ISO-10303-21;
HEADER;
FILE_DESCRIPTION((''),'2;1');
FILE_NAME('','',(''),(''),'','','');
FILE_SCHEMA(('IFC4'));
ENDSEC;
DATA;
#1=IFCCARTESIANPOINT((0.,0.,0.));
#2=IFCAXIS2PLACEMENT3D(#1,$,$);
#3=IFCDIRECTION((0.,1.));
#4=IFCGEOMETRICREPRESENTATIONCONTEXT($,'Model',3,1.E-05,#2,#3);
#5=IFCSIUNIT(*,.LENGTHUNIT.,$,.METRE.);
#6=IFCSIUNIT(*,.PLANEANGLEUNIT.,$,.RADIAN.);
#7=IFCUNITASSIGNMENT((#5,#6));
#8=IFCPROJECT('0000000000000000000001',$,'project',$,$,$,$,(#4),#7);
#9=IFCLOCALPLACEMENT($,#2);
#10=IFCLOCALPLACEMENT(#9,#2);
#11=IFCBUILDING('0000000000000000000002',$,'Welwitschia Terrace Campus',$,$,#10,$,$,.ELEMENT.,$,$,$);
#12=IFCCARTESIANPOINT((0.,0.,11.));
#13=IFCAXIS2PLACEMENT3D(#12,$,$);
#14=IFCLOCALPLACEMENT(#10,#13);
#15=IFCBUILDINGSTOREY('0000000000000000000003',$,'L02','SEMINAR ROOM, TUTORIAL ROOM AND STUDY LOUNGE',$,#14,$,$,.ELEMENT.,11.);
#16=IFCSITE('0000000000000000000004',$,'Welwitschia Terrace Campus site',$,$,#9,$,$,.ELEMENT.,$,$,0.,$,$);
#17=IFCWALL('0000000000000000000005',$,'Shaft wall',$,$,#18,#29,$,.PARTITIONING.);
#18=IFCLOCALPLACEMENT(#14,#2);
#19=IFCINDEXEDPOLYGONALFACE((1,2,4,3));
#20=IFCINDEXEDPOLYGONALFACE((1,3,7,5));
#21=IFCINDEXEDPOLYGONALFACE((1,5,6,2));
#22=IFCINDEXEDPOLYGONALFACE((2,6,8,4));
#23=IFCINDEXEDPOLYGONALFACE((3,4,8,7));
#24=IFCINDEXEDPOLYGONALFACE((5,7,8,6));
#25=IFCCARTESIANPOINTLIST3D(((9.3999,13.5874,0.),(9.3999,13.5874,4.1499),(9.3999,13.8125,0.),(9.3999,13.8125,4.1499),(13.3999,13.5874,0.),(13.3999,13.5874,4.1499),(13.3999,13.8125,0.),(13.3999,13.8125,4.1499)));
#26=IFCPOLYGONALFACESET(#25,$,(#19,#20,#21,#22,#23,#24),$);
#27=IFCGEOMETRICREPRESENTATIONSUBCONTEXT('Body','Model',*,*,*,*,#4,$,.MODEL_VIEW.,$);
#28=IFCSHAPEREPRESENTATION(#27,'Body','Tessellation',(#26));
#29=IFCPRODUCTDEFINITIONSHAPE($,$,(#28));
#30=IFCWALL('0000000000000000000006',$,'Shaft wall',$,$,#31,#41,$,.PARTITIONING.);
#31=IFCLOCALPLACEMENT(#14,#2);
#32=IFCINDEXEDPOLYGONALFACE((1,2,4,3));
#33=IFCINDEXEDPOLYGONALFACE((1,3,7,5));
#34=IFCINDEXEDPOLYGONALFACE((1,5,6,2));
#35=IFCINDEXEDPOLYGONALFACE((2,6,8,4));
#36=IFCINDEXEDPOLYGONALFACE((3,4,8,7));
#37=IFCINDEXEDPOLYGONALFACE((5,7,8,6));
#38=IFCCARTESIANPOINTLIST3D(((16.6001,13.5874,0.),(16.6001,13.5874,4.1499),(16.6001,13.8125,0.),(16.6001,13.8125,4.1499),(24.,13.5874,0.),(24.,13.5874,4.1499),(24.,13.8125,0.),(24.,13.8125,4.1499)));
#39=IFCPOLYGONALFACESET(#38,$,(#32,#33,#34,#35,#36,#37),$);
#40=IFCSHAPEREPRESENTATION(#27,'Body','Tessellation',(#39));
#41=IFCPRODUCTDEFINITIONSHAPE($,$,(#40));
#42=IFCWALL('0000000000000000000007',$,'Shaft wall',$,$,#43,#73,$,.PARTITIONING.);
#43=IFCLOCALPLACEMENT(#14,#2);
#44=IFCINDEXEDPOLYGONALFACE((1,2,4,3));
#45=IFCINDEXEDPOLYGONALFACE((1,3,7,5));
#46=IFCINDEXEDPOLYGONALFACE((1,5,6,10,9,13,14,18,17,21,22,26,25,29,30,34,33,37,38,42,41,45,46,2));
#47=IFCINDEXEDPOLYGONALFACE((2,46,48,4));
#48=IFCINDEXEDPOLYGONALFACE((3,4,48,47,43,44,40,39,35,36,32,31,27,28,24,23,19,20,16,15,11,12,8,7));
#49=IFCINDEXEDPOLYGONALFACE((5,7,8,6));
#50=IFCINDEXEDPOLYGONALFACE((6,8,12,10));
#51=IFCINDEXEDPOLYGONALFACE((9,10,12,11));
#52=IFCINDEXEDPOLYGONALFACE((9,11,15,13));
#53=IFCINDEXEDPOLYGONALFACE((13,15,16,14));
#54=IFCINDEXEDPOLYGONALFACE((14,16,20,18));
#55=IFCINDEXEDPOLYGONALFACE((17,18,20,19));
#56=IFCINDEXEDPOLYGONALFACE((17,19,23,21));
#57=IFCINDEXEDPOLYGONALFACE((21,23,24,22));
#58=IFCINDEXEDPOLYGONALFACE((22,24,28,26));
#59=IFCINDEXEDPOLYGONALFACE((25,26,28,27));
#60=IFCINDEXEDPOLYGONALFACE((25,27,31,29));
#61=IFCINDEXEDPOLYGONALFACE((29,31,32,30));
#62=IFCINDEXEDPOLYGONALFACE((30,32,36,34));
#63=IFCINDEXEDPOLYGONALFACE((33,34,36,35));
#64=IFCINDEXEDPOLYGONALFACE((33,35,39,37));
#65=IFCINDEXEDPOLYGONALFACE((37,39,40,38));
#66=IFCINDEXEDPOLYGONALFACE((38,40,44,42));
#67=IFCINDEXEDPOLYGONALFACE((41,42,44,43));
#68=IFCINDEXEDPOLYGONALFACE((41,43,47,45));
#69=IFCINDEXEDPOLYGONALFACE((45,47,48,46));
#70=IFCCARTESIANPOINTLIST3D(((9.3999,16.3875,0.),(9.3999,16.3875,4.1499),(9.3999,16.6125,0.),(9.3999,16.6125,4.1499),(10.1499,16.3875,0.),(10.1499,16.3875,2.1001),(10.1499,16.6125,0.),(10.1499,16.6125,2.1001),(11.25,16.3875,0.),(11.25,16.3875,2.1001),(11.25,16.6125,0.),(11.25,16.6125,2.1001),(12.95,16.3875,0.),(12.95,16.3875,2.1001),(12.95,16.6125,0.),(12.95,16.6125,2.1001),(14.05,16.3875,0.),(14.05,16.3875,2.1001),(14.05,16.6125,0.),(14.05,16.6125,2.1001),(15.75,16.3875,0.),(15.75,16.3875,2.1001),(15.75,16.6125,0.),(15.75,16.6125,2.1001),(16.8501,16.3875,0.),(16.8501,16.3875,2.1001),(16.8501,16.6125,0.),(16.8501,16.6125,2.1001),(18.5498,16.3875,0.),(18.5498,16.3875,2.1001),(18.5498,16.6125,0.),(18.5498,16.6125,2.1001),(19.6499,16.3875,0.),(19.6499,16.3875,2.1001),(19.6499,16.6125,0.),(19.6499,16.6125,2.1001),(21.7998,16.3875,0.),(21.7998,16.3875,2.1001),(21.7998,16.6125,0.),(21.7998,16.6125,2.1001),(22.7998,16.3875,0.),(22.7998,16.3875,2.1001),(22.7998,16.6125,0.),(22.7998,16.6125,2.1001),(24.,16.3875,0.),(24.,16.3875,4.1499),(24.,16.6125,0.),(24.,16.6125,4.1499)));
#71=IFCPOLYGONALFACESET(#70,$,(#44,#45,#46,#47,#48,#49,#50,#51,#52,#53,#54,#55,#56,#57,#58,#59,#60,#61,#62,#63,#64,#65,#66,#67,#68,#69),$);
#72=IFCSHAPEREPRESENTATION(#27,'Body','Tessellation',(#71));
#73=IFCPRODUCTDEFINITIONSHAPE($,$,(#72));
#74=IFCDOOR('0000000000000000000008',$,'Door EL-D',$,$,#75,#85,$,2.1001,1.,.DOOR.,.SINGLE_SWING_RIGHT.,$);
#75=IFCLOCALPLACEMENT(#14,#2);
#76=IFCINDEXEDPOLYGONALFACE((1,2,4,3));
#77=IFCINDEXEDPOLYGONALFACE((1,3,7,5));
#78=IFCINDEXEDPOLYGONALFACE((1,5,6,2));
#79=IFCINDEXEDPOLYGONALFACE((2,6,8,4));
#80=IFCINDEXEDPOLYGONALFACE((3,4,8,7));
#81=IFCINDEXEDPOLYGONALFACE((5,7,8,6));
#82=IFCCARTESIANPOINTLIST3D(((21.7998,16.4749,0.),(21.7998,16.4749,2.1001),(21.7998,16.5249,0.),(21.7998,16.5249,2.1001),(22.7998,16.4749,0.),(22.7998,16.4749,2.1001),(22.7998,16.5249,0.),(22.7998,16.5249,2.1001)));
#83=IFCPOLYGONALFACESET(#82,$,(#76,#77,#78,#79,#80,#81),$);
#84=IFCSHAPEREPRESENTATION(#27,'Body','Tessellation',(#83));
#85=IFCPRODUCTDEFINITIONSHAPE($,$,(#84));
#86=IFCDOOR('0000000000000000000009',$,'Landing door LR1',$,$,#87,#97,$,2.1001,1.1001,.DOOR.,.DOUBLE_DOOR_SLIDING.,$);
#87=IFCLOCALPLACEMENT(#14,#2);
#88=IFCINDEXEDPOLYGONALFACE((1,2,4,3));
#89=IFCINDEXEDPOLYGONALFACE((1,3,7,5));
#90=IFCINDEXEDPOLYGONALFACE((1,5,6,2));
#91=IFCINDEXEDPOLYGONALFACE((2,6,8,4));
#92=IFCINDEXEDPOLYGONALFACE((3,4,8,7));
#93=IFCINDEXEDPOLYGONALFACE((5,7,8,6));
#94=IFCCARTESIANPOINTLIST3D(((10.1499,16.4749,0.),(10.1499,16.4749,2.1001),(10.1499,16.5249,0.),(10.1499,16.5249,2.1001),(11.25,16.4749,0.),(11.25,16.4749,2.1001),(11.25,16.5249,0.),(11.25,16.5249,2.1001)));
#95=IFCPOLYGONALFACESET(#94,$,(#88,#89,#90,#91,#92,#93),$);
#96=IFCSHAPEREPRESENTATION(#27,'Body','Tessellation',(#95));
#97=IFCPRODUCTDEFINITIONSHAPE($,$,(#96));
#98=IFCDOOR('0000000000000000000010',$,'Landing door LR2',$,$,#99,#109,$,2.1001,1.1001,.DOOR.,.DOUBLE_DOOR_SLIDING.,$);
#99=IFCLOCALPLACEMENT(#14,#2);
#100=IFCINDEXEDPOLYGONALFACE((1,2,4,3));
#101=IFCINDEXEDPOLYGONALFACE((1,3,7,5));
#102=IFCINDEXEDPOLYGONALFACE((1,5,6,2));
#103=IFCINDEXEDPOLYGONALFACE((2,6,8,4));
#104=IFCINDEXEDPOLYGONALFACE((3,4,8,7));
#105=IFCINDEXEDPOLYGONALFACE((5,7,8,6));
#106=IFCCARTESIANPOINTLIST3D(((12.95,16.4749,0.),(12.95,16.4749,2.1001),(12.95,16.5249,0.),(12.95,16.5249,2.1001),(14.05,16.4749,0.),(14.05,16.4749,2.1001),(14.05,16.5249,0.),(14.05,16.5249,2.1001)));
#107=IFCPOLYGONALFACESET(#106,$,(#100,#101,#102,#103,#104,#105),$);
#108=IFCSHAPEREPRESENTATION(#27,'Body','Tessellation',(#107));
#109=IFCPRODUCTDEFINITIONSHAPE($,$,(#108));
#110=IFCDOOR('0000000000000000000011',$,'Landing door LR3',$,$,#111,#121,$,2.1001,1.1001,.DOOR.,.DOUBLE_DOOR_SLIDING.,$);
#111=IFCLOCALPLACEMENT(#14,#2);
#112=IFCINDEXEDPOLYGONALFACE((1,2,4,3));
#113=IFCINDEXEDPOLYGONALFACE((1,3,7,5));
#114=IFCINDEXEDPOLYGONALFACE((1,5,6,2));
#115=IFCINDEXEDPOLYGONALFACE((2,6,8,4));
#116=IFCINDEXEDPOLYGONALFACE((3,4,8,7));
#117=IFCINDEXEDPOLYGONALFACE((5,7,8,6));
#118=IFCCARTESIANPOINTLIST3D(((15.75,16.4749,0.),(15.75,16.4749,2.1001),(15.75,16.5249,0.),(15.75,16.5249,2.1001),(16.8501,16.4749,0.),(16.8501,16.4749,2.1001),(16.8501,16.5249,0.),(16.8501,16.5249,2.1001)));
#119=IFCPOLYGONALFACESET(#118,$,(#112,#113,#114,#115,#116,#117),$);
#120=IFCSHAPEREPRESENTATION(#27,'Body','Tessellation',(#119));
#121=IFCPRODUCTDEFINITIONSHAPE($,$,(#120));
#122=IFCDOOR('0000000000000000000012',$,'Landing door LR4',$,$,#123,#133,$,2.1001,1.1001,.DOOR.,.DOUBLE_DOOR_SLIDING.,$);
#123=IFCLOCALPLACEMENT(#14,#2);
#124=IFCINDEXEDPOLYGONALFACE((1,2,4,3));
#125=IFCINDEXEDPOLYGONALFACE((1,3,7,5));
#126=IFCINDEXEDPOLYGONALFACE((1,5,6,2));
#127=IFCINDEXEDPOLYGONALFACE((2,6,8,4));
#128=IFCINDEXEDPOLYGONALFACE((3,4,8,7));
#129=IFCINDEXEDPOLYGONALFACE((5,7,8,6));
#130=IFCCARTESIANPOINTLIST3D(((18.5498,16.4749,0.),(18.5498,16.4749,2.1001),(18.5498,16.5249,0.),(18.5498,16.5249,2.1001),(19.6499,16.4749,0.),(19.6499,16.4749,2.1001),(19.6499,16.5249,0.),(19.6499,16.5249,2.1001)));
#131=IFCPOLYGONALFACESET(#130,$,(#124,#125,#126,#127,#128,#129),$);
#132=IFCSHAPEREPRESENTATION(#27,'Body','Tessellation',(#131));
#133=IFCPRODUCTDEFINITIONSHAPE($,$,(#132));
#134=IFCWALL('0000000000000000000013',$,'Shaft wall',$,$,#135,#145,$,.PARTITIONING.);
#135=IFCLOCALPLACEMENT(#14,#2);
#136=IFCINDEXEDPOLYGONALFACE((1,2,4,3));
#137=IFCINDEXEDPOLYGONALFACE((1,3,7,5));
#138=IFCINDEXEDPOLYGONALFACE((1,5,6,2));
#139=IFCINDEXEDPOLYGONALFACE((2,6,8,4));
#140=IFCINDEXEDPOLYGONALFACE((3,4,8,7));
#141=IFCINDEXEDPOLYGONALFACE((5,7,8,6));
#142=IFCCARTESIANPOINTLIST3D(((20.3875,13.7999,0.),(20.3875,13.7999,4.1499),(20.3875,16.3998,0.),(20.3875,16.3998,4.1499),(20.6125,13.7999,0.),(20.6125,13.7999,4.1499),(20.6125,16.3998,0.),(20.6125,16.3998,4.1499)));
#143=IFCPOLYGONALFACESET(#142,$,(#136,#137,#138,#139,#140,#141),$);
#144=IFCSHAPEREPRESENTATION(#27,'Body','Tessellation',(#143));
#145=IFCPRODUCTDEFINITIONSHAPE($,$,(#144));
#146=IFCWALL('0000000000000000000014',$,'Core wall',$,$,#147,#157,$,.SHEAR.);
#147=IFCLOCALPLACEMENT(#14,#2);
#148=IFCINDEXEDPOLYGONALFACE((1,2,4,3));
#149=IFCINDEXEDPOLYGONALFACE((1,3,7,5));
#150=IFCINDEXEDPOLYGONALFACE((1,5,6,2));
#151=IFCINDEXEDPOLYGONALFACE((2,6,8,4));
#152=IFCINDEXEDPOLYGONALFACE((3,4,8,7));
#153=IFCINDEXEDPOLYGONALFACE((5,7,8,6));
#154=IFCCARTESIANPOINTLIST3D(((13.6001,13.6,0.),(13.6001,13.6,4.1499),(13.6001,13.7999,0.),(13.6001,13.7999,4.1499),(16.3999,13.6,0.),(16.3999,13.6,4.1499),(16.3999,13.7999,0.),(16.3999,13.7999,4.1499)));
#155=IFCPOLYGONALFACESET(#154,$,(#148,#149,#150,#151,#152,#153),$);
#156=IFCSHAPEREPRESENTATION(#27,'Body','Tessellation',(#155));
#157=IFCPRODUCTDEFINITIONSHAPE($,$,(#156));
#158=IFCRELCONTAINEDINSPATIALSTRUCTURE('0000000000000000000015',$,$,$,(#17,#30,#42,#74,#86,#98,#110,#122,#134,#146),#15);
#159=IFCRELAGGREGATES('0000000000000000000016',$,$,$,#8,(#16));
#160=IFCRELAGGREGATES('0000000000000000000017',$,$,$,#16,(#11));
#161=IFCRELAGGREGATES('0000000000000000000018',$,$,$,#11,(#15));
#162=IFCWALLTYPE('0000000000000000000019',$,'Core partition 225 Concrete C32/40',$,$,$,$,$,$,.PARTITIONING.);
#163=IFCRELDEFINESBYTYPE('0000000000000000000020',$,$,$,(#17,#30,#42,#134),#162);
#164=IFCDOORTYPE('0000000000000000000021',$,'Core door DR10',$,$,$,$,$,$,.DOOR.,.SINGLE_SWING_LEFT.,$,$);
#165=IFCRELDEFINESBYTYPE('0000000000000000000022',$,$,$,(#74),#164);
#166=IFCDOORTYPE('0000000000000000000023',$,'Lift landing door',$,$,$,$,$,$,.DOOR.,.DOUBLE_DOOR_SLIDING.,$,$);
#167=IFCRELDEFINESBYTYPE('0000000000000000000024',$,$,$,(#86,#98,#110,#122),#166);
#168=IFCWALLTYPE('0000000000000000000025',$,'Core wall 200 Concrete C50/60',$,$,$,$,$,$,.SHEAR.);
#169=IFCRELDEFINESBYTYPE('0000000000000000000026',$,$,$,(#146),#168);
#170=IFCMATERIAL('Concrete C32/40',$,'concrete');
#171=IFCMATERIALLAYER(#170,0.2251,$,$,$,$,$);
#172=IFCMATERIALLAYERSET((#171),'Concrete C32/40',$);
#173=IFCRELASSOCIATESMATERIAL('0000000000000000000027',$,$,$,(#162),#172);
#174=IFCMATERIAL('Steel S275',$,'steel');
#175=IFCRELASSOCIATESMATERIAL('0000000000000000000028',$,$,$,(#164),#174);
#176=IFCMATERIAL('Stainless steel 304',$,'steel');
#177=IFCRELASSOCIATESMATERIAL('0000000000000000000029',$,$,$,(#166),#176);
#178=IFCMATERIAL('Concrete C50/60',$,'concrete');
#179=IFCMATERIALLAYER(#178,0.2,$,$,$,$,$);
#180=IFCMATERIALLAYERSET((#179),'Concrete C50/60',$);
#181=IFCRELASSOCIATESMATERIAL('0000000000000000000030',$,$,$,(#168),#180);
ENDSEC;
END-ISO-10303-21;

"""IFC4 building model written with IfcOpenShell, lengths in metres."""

from ifc_helpers import new_model, si_unit, direction, frame, frame_2d, origin, place, context, subcontext, project, spatial, rectangle, extrude, material, layer, layer_set, type_object, element, fill, save


model = new_model("IFC4")

# Units and contexts
model_context = context("Model", 3, precision=1e-05, world=origin(), true_north=direction((0.0, 1.0)))
body_context = subcontext(model_context, "Body", "Model", "MODEL_VIEW")
ifc_project = project(units=[si_unit("LENGTHUNIT", "METRE"), si_unit("PLANEANGLEUNIT", "RADIAN")], contexts=[model_context])

# Site, building, storey
site_placement = place(None, origin())
site = spatial("IfcSite", under=ifc_project, at=site_placement, Name="Welwitschia Terrace Campus site", CompositionType="ELEMENT", RefElevation=0.0)
building_placement = place(site_placement, origin())
building = spatial("IfcBuilding", under=site, at=building_placement, Name="Welwitschia Terrace Campus", CompositionType="ELEMENT")
storey_placement = place(building_placement, frame((0.0, 0.0, 11.0)))
storey = spatial("IfcBuildingStorey", under=building, at=storey_placement, Name="L02", Description="SEMINAR ROOM, TUTORIAL ROOM AND STUDY LOUNGE", CompositionType="ELEMENT", Elevation=11.0)

# Walls
ifc_material_1 = material(Name="Concrete C32/40", Category="concrete")
ifc_layer_1 = layer(ifc_material_1, 0.2251)
ifc_layer_set_1 = layer_set([ifc_layer_1], Name="Concrete C32/40")
wall_type_1 = type_object("IfcWallType", Name="Core partition 225 Concrete C32/40", PredefinedType="PARTITIONING", material=ifc_layer_set_1)
wall_1_placement = place(storey_placement, frame((9.3999, 13.7, 0.0), z_axis=(0.0, 0.0, 1.0), x_axis=(1.0, 0.0, 0.0)))
element("IfcWall", 1, at=wall_1_placement, inside=storey, type_object=wall_type_1, Name="Shaft wall", PredefinedType="PARTITIONING", context=body_context, shape_type="SweptSolid", body=[
    extrude(rectangle(XDim=4.0, YDim=0.2251, at=frame_2d((2.0, 0.0))), origin(), (0.0, 0.0, 1.0), 4.1499),
])
wall_2_placement = place(storey_placement, frame((16.6001, 13.7, 0.0), z_axis=(0.0, 0.0, 1.0), x_axis=(1.0, 0.0, 0.0)))
element("IfcWall", 2, at=wall_2_placement, inside=storey, type_object=wall_type_1, Name="Shaft wall", PredefinedType="PARTITIONING", context=body_context, shape_type="SweptSolid", body=[
    extrude(rectangle(XDim=7.3999, YDim=0.2251, at=frame_2d((3.7, 0.0))), origin(), (0.0, 0.0, 1.0), 4.1499),
])

# Wall, openings, doors
wall_3_placement = place(storey_placement, frame((9.3999, 16.5, 0.0), z_axis=(0.0, 0.0, 1.0), x_axis=(1.0, 0.0, 0.0)))
wall_3 = element("IfcWall", 3, at=wall_3_placement, inside=storey, type_object=wall_type_1, Name="Shaft wall", PredefinedType="PARTITIONING", context=body_context, shape_type="SweptSolid", body=[
    extrude(rectangle(XDim=14.6001, YDim=0.2251, at=frame_2d((7.3, 0.0))), origin(), (0.0, 0.0, 1.0), 4.1499),
])
opening_1_placement = place(wall_3_placement, frame((0.75, 0.0, 0.0)))
opening_1 = element("IfcOpeningElement", 4, at=opening_1_placement, cuts=wall_3, PredefinedType="OPENING", context=body_context, shape_type="SweptSolid", body=[
    extrude(rectangle(XDim=1.1001, YDim=2.1001, at=frame_2d((0.55, 1.05))), frame((0.0, 0.1226, 0.0), z_axis=(0.0, -1.0, 0.0), x_axis=(1.0, 0.0, 0.0)), (0.0, 0.0, 1.0), 0.2451),
])
opening_2_placement = place(wall_3_placement, frame((3.55, 0.0, 0.0)))
opening_2 = element("IfcOpeningElement", 5, at=opening_2_placement, cuts=wall_3, PredefinedType="OPENING", context=body_context, shape_type="SweptSolid", body=[
    extrude(rectangle(XDim=1.1001, YDim=2.1001, at=frame_2d((0.55, 1.05))), frame((0.0, 0.1226, 0.0), z_axis=(0.0, -1.0, 0.0), x_axis=(1.0, 0.0, 0.0)), (0.0, 0.0, 1.0), 0.2451),
])
opening_3_placement = place(wall_3_placement, frame((6.3501, 0.0, 0.0)))
opening_3 = element("IfcOpeningElement", 6, at=opening_3_placement, cuts=wall_3, PredefinedType="OPENING", context=body_context, shape_type="SweptSolid", body=[
    extrude(rectangle(XDim=1.1001, YDim=2.1001, at=frame_2d((0.55, 1.05))), frame((0.0, 0.1226, 0.0), z_axis=(0.0, -1.0, 0.0), x_axis=(1.0, 0.0, 0.0)), (0.0, 0.0, 1.0), 0.2451),
])
opening_4_placement = place(wall_3_placement, frame((9.1499, 0.0, 0.0)))
opening_4 = element("IfcOpeningElement", 7, at=opening_4_placement, cuts=wall_3, PredefinedType="OPENING", context=body_context, shape_type="SweptSolid", body=[
    extrude(rectangle(XDim=1.1001, YDim=2.1001, at=frame_2d((0.55, 1.05))), frame((0.0, 0.1226, 0.0), z_axis=(0.0, -1.0, 0.0), x_axis=(1.0, 0.0, 0.0)), (0.0, 0.0, 1.0), 0.2451),
])
opening_5_placement = place(wall_3_placement, frame((12.3999, 0.0, 0.0)))
opening_5 = element("IfcOpeningElement", 8, at=opening_5_placement, cuts=wall_3, PredefinedType="OPENING", context=body_context, shape_type="SweptSolid", body=[
    extrude(rectangle(XDim=1.0, YDim=2.1001, at=frame_2d((0.5, 1.05))), frame((0.0, 0.1226, 0.0), z_axis=(0.0, -1.0, 0.0), x_axis=(1.0, 0.0, 0.0)), (0.0, 0.0, 1.0), 0.2451),
])
ifc_material_2 = material(Name="Steel S275", Category="steel")
door_type_1 = type_object("IfcDoorType", Name="Core door DR10", OperationType="SINGLE_SWING_LEFT", PredefinedType="DOOR", material=ifc_material_2)
door_1_placement = place(opening_5_placement, origin())
door_1 = element("IfcDoor", 9, at=door_1_placement, inside=storey, type_object=door_type_1, Name="Door EL-D", OperationType="SINGLE_SWING_RIGHT", OverallHeight=2.1001, OverallWidth=1.0, PredefinedType="DOOR", context=body_context, shape_type="SweptSolid", body=[
    extrude(rectangle(XDim=1.0, YDim=2.1001, at=frame_2d((0.5, 1.05))), frame((0.0, 0.0249, 0.0), z_axis=(0.0, -1.0, 0.0), x_axis=(1.0, 0.0, 0.0)), (0.0, 0.0, 1.0), 0.05),
])
fill(opening_5, door_1)
ifc_material_3 = material(Name="Stainless steel 304", Category="steel")
door_type_2 = type_object("IfcDoorType", Name="Lift landing door", OperationType="DOUBLE_DOOR_SLIDING", PredefinedType="DOOR", material=ifc_material_3)
door_2_placement = place(opening_1_placement, origin())
door_2 = element("IfcDoor", 10, at=door_2_placement, inside=storey, type_object=door_type_2, Name="Landing door LR1", OperationType="DOUBLE_DOOR_SLIDING", OverallHeight=2.1001, OverallWidth=1.1001, PredefinedType="DOOR", context=body_context, shape_type="SweptSolid", body=[
    extrude(rectangle(XDim=1.1001, YDim=2.1001, at=frame_2d((0.55, 1.05))), frame((0.0, 0.0249, 0.0), z_axis=(0.0, -1.0, 0.0), x_axis=(1.0, 0.0, 0.0)), (0.0, 0.0, 1.0), 0.05),
])
fill(opening_1, door_2)
door_3_placement = place(opening_2_placement, origin())
door_3 = element("IfcDoor", 11, at=door_3_placement, inside=storey, type_object=door_type_2, Name="Landing door LR2", OperationType="DOUBLE_DOOR_SLIDING", OverallHeight=2.1001, OverallWidth=1.1001, PredefinedType="DOOR", context=body_context, shape_type="SweptSolid", body=[
    extrude(rectangle(XDim=1.1001, YDim=2.1001, at=frame_2d((0.55, 1.05))), frame((0.0, 0.0249, 0.0), z_axis=(0.0, -1.0, 0.0), x_axis=(1.0, 0.0, 0.0)), (0.0, 0.0, 1.0), 0.05),
])
fill(opening_2, door_3)
door_4_placement = place(opening_3_placement, origin())
door_4 = element("IfcDoor", 12, at=door_4_placement, inside=storey, type_object=door_type_2, Name="Landing door LR3", OperationType="DOUBLE_DOOR_SLIDING", OverallHeight=2.1001, OverallWidth=1.1001, PredefinedType="DOOR", context=body_context, shape_type="SweptSolid", body=[
    extrude(rectangle(XDim=1.1001, YDim=2.1001, at=frame_2d((0.55, 1.05))), frame((0.0, 0.0249, 0.0), z_axis=(0.0, -1.0, 0.0), x_axis=(1.0, 0.0, 0.0)), (0.0, 0.0, 1.0), 0.05),
])
fill(opening_3, door_4)
door_5_placement = place(opening_4_placement, origin())
door_5 = element("IfcDoor", 13, at=door_5_placement, inside=storey, type_object=door_type_2, Name="Landing door LR4", OperationType="DOUBLE_DOOR_SLIDING", OverallHeight=2.1001, OverallWidth=1.1001, PredefinedType="DOOR", context=body_context, shape_type="SweptSolid", body=[
    extrude(rectangle(XDim=1.1001, YDim=2.1001, at=frame_2d((0.55, 1.05))), frame((0.0, 0.0249, 0.0), z_axis=(0.0, -1.0, 0.0), x_axis=(1.0, 0.0, 0.0)), (0.0, 0.0, 1.0), 0.05),
])
fill(opening_4, door_5)

# Walls
wall_4_placement = place(storey_placement, frame((20.5, 13.8, 0.0), z_axis=(0.0, 0.0, 1.0), x_axis=(0.0, 1.0, 0.0)))
element("IfcWall", 14, at=wall_4_placement, inside=storey, type_object=wall_type_1, Name="Shaft wall", PredefinedType="PARTITIONING", context=body_context, shape_type="SweptSolid", body=[
    extrude(rectangle(XDim=2.5999, YDim=0.2251, at=frame_2d((1.2998, 0.0))), origin(), (0.0, 0.0, 1.0), 4.1499),
])
ifc_material_4 = material(Name="Concrete C50/60", Category="concrete")
ifc_layer_2 = layer(ifc_material_4, 0.2)
ifc_layer_set_2 = layer_set([ifc_layer_2], Name="Concrete C50/60")
wall_type_2 = type_object("IfcWallType", Name="Core wall 200 Concrete C50/60", PredefinedType="SHEAR", material=ifc_layer_set_2)
wall_5_placement = place(storey_placement, frame((13.6001, 13.7, 0.0), z_axis=(0.0, 0.0, 1.0), x_axis=(1.0, 0.0, 0.0)))
element("IfcWall", 15, at=wall_5_placement, inside=storey, type_object=wall_type_2, Name="Core wall", PredefinedType="SHEAR", context=body_context, shape_type="SweptSolid", body=[
    extrude(rectangle(XDim=2.7998, YDim=0.2, at=frame_2d((1.3999, 0.0))), origin(), (0.0, 0.0, 1.0), 4.1499),
])

save(model, "model.ifc")
